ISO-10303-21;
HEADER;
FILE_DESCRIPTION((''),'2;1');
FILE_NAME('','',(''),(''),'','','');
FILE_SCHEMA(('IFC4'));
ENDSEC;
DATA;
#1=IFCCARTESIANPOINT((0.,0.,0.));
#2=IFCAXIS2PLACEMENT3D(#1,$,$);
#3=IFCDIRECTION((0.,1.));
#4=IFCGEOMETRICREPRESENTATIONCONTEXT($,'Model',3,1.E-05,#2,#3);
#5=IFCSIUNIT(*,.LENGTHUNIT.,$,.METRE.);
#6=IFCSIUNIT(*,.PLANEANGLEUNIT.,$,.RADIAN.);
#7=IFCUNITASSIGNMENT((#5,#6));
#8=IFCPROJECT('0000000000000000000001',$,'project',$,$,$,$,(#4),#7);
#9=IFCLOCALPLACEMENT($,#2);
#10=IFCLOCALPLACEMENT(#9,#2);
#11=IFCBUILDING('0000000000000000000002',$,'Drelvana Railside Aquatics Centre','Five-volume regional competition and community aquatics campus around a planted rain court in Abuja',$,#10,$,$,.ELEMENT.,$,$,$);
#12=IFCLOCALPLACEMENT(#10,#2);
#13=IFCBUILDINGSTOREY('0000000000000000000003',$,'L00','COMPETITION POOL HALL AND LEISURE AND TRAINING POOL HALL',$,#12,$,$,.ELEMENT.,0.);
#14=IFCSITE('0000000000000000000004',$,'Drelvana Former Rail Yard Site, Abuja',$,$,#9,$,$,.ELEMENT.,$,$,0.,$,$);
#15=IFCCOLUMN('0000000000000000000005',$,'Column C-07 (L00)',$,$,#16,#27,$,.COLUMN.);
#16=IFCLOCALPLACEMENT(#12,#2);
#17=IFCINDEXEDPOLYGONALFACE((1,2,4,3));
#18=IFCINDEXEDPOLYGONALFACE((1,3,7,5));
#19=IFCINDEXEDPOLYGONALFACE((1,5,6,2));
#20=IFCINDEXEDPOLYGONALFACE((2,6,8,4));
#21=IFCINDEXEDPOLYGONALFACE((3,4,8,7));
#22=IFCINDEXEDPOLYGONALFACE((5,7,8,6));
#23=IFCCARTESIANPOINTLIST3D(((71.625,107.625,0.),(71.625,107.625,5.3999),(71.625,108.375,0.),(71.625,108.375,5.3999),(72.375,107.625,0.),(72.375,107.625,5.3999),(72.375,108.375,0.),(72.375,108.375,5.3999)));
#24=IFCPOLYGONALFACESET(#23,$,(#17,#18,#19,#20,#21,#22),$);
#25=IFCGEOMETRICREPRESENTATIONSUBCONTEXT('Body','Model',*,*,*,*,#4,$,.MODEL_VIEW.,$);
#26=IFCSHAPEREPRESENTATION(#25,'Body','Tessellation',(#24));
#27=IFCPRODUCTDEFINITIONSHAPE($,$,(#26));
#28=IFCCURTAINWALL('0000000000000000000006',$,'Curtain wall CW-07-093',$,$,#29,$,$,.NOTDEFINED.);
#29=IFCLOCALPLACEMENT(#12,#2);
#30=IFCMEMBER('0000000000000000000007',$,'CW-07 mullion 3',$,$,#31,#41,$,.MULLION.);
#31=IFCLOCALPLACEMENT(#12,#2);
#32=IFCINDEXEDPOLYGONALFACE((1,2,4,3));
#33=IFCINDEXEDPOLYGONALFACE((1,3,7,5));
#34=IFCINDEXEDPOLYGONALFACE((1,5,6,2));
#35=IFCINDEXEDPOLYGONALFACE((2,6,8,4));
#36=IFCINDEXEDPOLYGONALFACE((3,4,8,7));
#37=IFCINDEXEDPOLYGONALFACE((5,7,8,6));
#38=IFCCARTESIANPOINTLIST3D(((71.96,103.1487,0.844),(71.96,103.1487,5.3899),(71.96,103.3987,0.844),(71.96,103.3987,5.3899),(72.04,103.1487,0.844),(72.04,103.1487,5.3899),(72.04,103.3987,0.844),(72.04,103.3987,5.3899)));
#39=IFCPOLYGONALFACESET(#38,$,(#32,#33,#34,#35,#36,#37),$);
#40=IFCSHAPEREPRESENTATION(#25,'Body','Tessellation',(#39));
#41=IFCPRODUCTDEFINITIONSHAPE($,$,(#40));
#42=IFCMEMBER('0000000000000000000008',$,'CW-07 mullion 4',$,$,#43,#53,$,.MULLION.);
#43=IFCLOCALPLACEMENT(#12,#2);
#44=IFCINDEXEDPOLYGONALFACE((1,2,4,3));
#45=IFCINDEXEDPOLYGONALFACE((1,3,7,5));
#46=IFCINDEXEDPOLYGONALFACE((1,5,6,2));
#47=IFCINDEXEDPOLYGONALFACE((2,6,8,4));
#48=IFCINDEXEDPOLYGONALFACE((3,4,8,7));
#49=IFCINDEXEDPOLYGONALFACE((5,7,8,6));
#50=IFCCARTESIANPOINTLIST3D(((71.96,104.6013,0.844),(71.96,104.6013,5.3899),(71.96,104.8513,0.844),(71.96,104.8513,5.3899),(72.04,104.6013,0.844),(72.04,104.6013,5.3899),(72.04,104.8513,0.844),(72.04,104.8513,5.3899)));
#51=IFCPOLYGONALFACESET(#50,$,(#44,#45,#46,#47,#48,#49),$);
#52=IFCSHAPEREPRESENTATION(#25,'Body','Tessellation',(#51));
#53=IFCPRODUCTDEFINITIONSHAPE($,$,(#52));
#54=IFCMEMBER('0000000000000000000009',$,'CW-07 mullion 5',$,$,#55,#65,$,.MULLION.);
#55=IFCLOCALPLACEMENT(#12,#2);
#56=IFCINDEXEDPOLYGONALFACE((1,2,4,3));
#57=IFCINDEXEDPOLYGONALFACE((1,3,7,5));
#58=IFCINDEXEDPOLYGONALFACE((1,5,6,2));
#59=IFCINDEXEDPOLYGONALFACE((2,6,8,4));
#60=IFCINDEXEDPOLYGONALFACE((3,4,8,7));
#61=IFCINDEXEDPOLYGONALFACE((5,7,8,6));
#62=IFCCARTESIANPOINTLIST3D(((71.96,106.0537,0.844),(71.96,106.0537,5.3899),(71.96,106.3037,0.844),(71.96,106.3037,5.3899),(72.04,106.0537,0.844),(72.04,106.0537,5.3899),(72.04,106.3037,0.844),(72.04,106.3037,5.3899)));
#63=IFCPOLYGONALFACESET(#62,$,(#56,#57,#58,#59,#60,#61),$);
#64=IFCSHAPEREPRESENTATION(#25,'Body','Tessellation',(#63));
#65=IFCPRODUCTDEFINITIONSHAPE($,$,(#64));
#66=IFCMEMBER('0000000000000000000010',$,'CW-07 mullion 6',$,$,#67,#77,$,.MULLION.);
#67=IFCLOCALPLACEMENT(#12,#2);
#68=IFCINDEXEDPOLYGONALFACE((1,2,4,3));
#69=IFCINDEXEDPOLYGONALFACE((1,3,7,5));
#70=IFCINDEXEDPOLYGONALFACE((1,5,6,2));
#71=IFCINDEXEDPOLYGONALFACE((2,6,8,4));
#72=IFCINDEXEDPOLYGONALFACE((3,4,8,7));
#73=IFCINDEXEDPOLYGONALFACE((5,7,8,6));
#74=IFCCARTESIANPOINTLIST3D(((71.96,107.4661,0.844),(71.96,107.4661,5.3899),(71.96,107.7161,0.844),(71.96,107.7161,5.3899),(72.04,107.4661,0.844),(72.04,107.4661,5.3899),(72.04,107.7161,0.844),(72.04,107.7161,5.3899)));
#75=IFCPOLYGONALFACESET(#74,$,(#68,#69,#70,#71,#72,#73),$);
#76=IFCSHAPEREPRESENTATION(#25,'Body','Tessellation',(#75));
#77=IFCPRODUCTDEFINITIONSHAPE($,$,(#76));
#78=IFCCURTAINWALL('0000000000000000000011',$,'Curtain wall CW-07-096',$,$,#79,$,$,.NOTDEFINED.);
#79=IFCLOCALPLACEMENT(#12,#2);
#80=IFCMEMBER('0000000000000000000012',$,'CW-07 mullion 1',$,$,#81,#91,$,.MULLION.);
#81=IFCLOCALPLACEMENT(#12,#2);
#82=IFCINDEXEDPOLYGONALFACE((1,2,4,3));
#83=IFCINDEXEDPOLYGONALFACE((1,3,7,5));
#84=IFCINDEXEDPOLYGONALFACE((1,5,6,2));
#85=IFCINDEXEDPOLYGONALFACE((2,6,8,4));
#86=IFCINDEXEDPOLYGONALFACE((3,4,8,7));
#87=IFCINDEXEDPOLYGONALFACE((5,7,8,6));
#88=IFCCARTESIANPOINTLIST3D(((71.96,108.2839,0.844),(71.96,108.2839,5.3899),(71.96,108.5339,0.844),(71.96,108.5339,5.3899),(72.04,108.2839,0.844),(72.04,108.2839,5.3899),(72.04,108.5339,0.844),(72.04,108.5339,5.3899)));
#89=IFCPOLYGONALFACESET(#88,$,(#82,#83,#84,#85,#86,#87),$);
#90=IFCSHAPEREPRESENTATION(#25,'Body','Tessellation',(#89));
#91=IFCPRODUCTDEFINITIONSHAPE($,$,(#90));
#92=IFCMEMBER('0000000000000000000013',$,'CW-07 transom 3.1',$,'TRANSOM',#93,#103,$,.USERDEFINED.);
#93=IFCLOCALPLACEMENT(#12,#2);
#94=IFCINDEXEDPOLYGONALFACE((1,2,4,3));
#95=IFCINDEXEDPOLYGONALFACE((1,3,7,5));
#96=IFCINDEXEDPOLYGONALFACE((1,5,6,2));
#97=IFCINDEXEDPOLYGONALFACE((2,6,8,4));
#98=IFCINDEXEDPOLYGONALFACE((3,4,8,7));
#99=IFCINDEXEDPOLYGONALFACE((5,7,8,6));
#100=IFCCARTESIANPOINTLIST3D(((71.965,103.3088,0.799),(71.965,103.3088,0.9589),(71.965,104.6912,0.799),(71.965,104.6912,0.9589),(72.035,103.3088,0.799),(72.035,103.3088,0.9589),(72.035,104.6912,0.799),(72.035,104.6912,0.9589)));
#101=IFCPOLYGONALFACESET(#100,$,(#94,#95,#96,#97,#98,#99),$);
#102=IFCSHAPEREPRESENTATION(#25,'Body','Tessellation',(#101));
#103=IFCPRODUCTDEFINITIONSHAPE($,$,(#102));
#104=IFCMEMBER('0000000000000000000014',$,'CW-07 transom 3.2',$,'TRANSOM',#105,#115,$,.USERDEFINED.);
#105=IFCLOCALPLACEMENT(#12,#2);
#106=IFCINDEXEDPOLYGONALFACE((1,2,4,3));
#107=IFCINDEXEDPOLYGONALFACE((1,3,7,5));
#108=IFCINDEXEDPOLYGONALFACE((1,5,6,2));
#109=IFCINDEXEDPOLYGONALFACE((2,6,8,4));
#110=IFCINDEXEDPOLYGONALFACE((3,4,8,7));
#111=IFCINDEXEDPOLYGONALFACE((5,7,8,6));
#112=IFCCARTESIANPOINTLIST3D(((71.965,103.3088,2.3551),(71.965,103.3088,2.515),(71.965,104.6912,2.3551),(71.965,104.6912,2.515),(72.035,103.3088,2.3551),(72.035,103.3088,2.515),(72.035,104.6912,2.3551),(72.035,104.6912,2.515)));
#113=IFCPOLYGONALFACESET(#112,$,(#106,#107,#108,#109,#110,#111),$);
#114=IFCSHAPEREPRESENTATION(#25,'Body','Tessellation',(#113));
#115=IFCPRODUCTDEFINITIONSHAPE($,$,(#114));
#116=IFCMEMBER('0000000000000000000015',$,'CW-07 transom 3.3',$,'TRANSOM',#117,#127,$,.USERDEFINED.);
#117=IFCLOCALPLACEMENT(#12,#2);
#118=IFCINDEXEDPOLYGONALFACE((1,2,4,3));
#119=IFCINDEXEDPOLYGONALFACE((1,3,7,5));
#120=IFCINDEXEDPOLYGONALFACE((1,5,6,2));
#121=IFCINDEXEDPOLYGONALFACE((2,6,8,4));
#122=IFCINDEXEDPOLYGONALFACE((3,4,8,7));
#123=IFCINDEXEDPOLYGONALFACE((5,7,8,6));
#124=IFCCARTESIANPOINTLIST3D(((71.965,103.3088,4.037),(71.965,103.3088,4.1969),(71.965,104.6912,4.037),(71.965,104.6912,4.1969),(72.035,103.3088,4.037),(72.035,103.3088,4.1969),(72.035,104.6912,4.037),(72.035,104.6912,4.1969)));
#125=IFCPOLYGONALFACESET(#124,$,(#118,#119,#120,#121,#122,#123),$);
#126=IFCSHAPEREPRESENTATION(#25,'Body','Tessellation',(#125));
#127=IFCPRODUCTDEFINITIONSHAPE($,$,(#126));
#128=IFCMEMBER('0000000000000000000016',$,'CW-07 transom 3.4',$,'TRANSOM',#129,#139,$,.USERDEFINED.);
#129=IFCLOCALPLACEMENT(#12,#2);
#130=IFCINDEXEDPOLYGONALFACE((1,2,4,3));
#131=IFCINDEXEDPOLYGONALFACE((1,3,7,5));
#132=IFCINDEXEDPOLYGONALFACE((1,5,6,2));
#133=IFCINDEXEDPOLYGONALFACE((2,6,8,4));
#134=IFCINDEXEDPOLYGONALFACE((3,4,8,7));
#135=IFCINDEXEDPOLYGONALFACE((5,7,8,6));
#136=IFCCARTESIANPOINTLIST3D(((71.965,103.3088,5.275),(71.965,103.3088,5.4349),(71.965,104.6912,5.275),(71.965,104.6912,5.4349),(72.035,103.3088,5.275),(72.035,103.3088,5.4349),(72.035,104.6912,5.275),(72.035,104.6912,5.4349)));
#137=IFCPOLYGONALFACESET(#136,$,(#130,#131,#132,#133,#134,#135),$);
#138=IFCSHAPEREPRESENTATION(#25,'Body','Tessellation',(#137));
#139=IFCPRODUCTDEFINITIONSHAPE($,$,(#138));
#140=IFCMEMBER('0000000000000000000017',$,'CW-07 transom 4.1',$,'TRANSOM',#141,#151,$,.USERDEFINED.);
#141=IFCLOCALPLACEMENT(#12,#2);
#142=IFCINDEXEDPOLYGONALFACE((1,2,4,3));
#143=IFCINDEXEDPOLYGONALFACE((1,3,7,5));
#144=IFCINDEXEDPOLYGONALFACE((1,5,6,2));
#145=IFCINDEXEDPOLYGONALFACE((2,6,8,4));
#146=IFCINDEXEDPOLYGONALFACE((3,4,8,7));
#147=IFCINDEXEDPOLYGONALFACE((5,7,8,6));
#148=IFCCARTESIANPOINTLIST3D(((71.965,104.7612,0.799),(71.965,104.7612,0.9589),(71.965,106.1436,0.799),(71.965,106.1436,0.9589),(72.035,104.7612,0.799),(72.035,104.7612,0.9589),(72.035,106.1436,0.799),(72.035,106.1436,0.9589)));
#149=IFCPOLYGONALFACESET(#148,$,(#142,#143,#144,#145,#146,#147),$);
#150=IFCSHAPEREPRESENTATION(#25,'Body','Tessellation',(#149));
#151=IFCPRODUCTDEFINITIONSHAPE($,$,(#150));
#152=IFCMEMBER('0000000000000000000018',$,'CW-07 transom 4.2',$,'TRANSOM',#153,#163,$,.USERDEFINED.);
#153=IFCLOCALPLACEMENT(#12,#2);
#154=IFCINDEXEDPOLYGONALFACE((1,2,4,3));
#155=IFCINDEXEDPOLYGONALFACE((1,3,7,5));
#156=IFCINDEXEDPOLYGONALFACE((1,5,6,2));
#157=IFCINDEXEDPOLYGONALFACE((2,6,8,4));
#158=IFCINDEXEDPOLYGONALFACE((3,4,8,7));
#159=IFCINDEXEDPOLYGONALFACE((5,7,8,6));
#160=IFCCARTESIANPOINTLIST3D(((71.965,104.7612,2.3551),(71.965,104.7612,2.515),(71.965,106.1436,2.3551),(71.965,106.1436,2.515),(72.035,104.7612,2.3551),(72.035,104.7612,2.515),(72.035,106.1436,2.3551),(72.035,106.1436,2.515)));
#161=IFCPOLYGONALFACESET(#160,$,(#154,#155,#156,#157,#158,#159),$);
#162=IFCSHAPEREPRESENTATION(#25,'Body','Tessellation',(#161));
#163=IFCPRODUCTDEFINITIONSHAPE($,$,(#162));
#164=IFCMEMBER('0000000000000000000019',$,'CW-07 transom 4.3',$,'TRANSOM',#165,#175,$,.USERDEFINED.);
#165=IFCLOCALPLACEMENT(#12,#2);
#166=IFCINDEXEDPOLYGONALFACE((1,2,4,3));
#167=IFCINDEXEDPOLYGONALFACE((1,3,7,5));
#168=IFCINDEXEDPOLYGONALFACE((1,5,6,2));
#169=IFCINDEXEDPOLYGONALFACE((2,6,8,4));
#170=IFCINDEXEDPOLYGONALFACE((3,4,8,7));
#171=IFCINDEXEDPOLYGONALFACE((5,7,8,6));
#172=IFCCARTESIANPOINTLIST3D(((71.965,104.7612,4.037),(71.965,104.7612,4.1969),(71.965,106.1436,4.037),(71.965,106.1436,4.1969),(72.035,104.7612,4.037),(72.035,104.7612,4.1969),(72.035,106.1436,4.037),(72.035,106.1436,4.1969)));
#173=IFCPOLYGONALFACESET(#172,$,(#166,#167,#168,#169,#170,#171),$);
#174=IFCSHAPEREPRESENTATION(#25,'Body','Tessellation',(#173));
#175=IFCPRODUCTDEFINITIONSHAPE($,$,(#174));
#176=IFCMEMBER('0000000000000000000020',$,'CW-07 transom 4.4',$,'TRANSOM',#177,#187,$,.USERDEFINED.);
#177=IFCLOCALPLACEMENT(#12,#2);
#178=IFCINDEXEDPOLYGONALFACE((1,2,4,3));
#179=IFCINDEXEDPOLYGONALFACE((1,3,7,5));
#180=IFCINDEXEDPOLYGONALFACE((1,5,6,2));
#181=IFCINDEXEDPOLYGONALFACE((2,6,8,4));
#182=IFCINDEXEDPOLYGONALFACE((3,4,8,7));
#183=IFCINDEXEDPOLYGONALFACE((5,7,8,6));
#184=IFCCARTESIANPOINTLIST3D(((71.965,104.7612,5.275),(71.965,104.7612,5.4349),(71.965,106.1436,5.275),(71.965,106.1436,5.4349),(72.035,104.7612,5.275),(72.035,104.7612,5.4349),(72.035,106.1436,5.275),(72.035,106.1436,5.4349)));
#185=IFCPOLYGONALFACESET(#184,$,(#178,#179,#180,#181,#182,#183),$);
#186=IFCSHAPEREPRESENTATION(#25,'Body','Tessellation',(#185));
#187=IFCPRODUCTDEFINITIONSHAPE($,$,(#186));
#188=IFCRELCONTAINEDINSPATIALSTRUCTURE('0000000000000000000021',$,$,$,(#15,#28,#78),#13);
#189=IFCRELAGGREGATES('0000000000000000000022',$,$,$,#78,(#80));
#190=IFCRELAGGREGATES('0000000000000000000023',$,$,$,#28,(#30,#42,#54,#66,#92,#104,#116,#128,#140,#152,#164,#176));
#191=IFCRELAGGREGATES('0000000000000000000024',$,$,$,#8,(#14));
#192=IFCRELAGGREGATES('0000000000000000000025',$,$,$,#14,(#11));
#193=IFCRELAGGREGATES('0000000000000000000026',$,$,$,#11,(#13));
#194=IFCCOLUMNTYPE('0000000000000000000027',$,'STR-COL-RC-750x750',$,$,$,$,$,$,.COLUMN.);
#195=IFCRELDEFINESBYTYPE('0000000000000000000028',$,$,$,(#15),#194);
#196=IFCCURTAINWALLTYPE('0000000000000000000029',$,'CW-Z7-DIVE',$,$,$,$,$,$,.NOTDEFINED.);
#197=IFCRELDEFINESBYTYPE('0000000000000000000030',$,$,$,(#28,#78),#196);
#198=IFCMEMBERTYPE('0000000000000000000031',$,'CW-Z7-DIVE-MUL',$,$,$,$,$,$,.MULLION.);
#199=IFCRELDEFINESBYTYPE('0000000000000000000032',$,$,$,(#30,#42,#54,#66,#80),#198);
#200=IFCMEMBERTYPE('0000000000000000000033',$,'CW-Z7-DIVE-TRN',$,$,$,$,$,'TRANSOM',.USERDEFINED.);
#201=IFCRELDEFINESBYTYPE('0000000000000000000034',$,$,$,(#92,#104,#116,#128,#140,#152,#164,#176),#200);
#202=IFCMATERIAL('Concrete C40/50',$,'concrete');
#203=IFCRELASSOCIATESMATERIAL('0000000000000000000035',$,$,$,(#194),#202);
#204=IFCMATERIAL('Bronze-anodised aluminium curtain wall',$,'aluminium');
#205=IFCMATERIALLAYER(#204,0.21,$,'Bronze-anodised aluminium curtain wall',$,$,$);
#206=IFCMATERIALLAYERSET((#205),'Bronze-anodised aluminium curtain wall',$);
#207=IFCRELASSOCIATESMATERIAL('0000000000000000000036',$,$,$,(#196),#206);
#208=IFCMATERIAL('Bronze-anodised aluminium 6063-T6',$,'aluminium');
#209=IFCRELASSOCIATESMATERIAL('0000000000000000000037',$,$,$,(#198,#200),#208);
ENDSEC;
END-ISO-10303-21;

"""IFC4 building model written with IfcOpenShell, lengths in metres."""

from ifc_helpers import new_model, si_unit, direction, frame, origin, origin_2d, place, context, subcontext, project, spatial, rectangle, extrude, material, layer, layer_set, material_profile, profile_set, type_object, element, aggregate, save


model = new_model("IFC4")

# Units and contexts
model_context = context("Model", 3, precision=1e-05, world=origin(), true_north=direction((0.0, 1.0)))
body_context = subcontext(model_context, "Body", "Model", "MODEL_VIEW")
ifc_project = project(units=[si_unit("LENGTHUNIT", "METRE"), si_unit("PLANEANGLEUNIT", "RADIAN")], contexts=[model_context])

# Site, building, storey
site_placement = place(None, origin())
site = spatial("IfcSite", under=ifc_project, at=site_placement, Name="Drelvana Former Rail Yard Site, Abuja", CompositionType="ELEMENT", RefElevation=0.0)
building_placement = place(site_placement, origin())
building = spatial("IfcBuilding", under=site, at=building_placement, Name="Drelvana Railside Aquatics Centre", Description="Five-volume regional competition and community aquatics campus around a planted rain court in Abuja", CompositionType="ELEMENT")
storey_placement = place(building_placement, origin())
storey = spatial("IfcBuildingStorey", under=building, at=storey_placement, Name="L00", Description="COMPETITION POOL HALL AND LEISURE AND TRAINING POOL HALL", CompositionType="ELEMENT", Elevation=0.0)

# Column
ifc_material_1 = material(Name="Concrete C40/50", Category="concrete")
ifc_material_profile_1 = material_profile(ifc_material_1, rectangle(XDim=0.75, YDim=0.75, at=origin_2d()), Name="RC 750x750")
ifc_profile_set_1 = profile_set([ifc_material_profile_1], Name="Concrete C40/50")
column_type = type_object("IfcColumnType", Name="STR-COL-RC-750x750", PredefinedType="COLUMN", material=ifc_profile_set_1)
column_placement = place(storey_placement, frame((72.0, 108.0, 0.0), z_axis=(0.0, 0.0, 1.0), x_axis=(1.0, 0.0, 0.0)))
element("IfcColumn", 1, at=column_placement, inside=storey, type_object=column_type, Name="Column C-07 (L00)", PredefinedType="COLUMN", context=body_context, shape_type="SweptSolid", body=[
    extrude(rectangle(XDim=0.75, YDim=0.75, at=origin_2d()), origin(), (0.0, 0.0, 1.0), 5.3999),
])

# Curtain wall, members
ifc_material_2 = material(Name="Bronze-anodised aluminium curtain wall", Category="aluminium")
ifc_layer_1 = layer(ifc_material_2, 0.21, Name="Bronze-anodised aluminium curtain wall")
ifc_layer_set_1 = layer_set([ifc_layer_1], Name="Bronze-anodised aluminium curtain wall")
curtain_wall_type = type_object("IfcCurtainWallType", Name="CW-Z7-DIVE", PredefinedType="NOTDEFINED", material=ifc_layer_set_1)
curtain_wall_1_placement = place(storey_placement, origin())
curtain_wall_1 = element("IfcCurtainWall", 2, at=curtain_wall_1_placement, inside=storey, type_object=curtain_wall_type, Name="Curtain wall CW-07-093", PredefinedType="NOTDEFINED")
ifc_material_3 = material(Name="Bronze-anodised aluminium 6063-T6", Category="aluminium")
ifc_material_profile_2 = material_profile(ifc_material_3, rectangle(XDim=0.0801, YDim=0.25, at=origin_2d()), Name="ALU-M 80x250")
ifc_profile_set_2 = profile_set([ifc_material_profile_2], Name="Bronze-anodised aluminium 6063-T6")
member_type_1 = type_object("IfcMemberType", Name="CW-Z7-DIVE-MUL", PredefinedType="MULLION", material=ifc_profile_set_2)
member_1_placement = place(storey_placement, frame((72.0, 103.2737, 0.844), z_axis=(0.0, 0.0, 1.0), x_axis=(-1.0, 0.0, 0.0)))
member_1 = element("IfcMember", 3, at=member_1_placement, type_object=member_type_1, Name="CW-07 mullion 3", PredefinedType="MULLION", context=body_context, shape_type="SweptSolid", body=[
    extrude(rectangle(XDim=0.0801, YDim=0.25, at=origin_2d()), origin(), (0.0, 0.0, 1.0), 4.5459),
])
member_2_placement = place(storey_placement, frame((72.0, 104.7263, 0.844), z_axis=(0.0, 0.0, 1.0), x_axis=(-1.0, 0.0, 0.0)))
member_2 = element("IfcMember", 4, at=member_2_placement, type_object=member_type_1, Name="CW-07 mullion 4", PredefinedType="MULLION", context=body_context, shape_type="SweptSolid", body=[
    extrude(rectangle(XDim=0.0801, YDim=0.25, at=origin_2d()), origin(), (0.0, 0.0, 1.0), 4.5459),
])
member_3_placement = place(storey_placement, frame((72.0, 106.1787, 0.844), z_axis=(0.0, 0.0, 1.0), x_axis=(-1.0, 0.0, 0.0)))
member_3 = element("IfcMember", 5, at=member_3_placement, type_object=member_type_1, Name="CW-07 mullion 5", PredefinedType="MULLION", context=body_context, shape_type="SweptSolid", body=[
    extrude(rectangle(XDim=0.0801, YDim=0.25, at=origin_2d()), origin(), (0.0, 0.0, 1.0), 4.5459),
])
member_4_placement = place(storey_placement, frame((72.0, 107.5911, 0.844), z_axis=(0.0, 0.0, 1.0), x_axis=(-1.0, 0.0, 0.0)))
member_4 = element("IfcMember", 6, at=member_4_placement, type_object=member_type_1, Name="CW-07 mullion 6", PredefinedType="MULLION", context=body_context, shape_type="SweptSolid", body=[
    extrude(rectangle(XDim=0.0801, YDim=0.25, at=origin_2d()), origin(), (0.0, 0.0, 1.0), 4.5459),
])

# Curtain wall, member
curtain_wall_2_placement = place(storey_placement, origin())
curtain_wall_2 = element("IfcCurtainWall", 7, at=curtain_wall_2_placement, inside=storey, type_object=curtain_wall_type, Name="Curtain wall CW-07-096", PredefinedType="NOTDEFINED")
member_5_placement = place(storey_placement, frame((72.0, 108.4089, 0.844), z_axis=(0.0, 0.0, 1.0), x_axis=(-1.0, 0.0, 0.0)))
member_5 = element("IfcMember", 8, at=member_5_placement, type_object=member_type_1, Name="CW-07 mullion 1", PredefinedType="MULLION", context=body_context, shape_type="SweptSolid", body=[
    extrude(rectangle(XDim=0.0801, YDim=0.25, at=origin_2d()), origin(), (0.0, 0.0, 1.0), 4.5459),
])
aggregate(curtain_wall_2, [member_5])

# Members
ifc_material_profile_3 = material_profile(ifc_material_3, rectangle(XDim=0.1599, YDim=0.0701, at=origin_2d()), Name="ALU-T 70x160")
ifc_profile_set_3 = profile_set([ifc_material_profile_3], Name="Bronze-anodised aluminium 6063-T6")
member_type_2 = type_object("IfcMemberType", Name="CW-Z7-DIVE-TRN", ElementType="TRANSOM", PredefinedType="USERDEFINED", material=ifc_profile_set_3)
member_6_placement = place(storey_placement, frame((72.0, 103.3088, 0.8789), z_axis=(0.0, 1.0, 0.0), x_axis=(0.0, 0.0, 1.0)))
member_6 = element("IfcMember", 9, at=member_6_placement, type_object=member_type_2, Name="CW-07 transom 3.1", ObjectType="TRANSOM", PredefinedType="USERDEFINED", context=body_context, shape_type="SweptSolid", body=[
    extrude(rectangle(XDim=0.1599, YDim=0.0701, at=origin_2d()), origin(), (0.0, 0.0, 1.0), 1.3823),
])
member_7_placement = place(storey_placement, frame((72.0, 103.3088, 2.4351), z_axis=(0.0, 1.0, 0.0), x_axis=(0.0, 0.0, 1.0)))
member_7 = element("IfcMember", 10, at=member_7_placement, type_object=member_type_2, Name="CW-07 transom 3.2", ObjectType="TRANSOM", PredefinedType="USERDEFINED", context=body_context, shape_type="SweptSolid", body=[
    extrude(rectangle(XDim=0.1599, YDim=0.0701, at=origin_2d()), origin(), (0.0, 0.0, 1.0), 1.3823),
])
member_8_placement = place(storey_placement, frame((72.0, 103.3088, 4.1169), z_axis=(0.0, 1.0, 0.0), x_axis=(0.0, 0.0, 1.0)))
member_8 = element("IfcMember", 11, at=member_8_placement, type_object=member_type_2, Name="CW-07 transom 3.3", ObjectType="TRANSOM", PredefinedType="USERDEFINED", context=body_context, shape_type="SweptSolid", body=[
    extrude(rectangle(XDim=0.1599, YDim=0.0701, at=origin_2d()), origin(), (0.0, 0.0, 1.0), 1.3823),
])
member_9_placement = place(storey_placement, frame((72.0, 103.3088, 5.355), z_axis=(0.0, 1.0, 0.0), x_axis=(0.0, 0.0, 1.0)))
member_9 = element("IfcMember", 12, at=member_9_placement, type_object=member_type_2, Name="CW-07 transom 3.4", ObjectType="TRANSOM", PredefinedType="USERDEFINED", context=body_context, shape_type="SweptSolid", body=[
    extrude(rectangle(XDim=0.1599, YDim=0.0701, at=origin_2d()), origin(), (0.0, 0.0, 1.0), 1.3823),
])
member_10_placement = place(storey_placement, frame((72.0, 104.7612, 0.8789), z_axis=(0.0, 1.0, 0.0), x_axis=(0.0, 0.0, 1.0)))
member_10 = element("IfcMember", 13, at=member_10_placement, type_object=member_type_2, Name="CW-07 transom 4.1", ObjectType="TRANSOM", PredefinedType="USERDEFINED", context=body_context, shape_type="SweptSolid", body=[
    extrude(rectangle(XDim=0.1599, YDim=0.0701, at=origin_2d()), origin(), (0.0, 0.0, 1.0), 1.3823),
])
member_11_placement = place(storey_placement, frame((72.0, 104.7612, 2.4351), z_axis=(0.0, 1.0, 0.0), x_axis=(0.0, 0.0, 1.0)))
member_11 = element("IfcMember", 14, at=member_11_placement, type_object=member_type_2, Name="CW-07 transom 4.2", ObjectType="TRANSOM", PredefinedType="USERDEFINED", context=body_context, shape_type="SweptSolid", body=[
    extrude(rectangle(XDim=0.1599, YDim=0.0701, at=origin_2d()), origin(), (0.0, 0.0, 1.0), 1.3823),
])
member_12_placement = place(storey_placement, frame((72.0, 104.7612, 4.1169), z_axis=(0.0, 1.0, 0.0), x_axis=(0.0, 0.0, 1.0)))
member_12 = element("IfcMember", 15, at=member_12_placement, type_object=member_type_2, Name="CW-07 transom 4.3", ObjectType="TRANSOM", PredefinedType="USERDEFINED", context=body_context, shape_type="SweptSolid", body=[
    extrude(rectangle(XDim=0.1599, YDim=0.0701, at=origin_2d()), origin(), (0.0, 0.0, 1.0), 1.3823),
])
member_13_placement = place(storey_placement, frame((72.0, 104.7612, 5.355), z_axis=(0.0, 1.0, 0.0), x_axis=(0.0, 0.0, 1.0)))
member_13 = element("IfcMember", 16, at=member_13_placement, type_object=member_type_2, Name="CW-07 transom 4.4", ObjectType="TRANSOM", PredefinedType="USERDEFINED", context=body_context, shape_type="SweptSolid", body=[
    extrude(rectangle(XDim=0.1599, YDim=0.0701, at=origin_2d()), origin(), (0.0, 0.0, 1.0), 1.3823),
])

aggregate(curtain_wall_1, [member_1, member_2, member_3, member_4, member_6, member_7, member_8, member_9, member_10, member_11, member_12, member_13])

save(model, "model.ifc")
